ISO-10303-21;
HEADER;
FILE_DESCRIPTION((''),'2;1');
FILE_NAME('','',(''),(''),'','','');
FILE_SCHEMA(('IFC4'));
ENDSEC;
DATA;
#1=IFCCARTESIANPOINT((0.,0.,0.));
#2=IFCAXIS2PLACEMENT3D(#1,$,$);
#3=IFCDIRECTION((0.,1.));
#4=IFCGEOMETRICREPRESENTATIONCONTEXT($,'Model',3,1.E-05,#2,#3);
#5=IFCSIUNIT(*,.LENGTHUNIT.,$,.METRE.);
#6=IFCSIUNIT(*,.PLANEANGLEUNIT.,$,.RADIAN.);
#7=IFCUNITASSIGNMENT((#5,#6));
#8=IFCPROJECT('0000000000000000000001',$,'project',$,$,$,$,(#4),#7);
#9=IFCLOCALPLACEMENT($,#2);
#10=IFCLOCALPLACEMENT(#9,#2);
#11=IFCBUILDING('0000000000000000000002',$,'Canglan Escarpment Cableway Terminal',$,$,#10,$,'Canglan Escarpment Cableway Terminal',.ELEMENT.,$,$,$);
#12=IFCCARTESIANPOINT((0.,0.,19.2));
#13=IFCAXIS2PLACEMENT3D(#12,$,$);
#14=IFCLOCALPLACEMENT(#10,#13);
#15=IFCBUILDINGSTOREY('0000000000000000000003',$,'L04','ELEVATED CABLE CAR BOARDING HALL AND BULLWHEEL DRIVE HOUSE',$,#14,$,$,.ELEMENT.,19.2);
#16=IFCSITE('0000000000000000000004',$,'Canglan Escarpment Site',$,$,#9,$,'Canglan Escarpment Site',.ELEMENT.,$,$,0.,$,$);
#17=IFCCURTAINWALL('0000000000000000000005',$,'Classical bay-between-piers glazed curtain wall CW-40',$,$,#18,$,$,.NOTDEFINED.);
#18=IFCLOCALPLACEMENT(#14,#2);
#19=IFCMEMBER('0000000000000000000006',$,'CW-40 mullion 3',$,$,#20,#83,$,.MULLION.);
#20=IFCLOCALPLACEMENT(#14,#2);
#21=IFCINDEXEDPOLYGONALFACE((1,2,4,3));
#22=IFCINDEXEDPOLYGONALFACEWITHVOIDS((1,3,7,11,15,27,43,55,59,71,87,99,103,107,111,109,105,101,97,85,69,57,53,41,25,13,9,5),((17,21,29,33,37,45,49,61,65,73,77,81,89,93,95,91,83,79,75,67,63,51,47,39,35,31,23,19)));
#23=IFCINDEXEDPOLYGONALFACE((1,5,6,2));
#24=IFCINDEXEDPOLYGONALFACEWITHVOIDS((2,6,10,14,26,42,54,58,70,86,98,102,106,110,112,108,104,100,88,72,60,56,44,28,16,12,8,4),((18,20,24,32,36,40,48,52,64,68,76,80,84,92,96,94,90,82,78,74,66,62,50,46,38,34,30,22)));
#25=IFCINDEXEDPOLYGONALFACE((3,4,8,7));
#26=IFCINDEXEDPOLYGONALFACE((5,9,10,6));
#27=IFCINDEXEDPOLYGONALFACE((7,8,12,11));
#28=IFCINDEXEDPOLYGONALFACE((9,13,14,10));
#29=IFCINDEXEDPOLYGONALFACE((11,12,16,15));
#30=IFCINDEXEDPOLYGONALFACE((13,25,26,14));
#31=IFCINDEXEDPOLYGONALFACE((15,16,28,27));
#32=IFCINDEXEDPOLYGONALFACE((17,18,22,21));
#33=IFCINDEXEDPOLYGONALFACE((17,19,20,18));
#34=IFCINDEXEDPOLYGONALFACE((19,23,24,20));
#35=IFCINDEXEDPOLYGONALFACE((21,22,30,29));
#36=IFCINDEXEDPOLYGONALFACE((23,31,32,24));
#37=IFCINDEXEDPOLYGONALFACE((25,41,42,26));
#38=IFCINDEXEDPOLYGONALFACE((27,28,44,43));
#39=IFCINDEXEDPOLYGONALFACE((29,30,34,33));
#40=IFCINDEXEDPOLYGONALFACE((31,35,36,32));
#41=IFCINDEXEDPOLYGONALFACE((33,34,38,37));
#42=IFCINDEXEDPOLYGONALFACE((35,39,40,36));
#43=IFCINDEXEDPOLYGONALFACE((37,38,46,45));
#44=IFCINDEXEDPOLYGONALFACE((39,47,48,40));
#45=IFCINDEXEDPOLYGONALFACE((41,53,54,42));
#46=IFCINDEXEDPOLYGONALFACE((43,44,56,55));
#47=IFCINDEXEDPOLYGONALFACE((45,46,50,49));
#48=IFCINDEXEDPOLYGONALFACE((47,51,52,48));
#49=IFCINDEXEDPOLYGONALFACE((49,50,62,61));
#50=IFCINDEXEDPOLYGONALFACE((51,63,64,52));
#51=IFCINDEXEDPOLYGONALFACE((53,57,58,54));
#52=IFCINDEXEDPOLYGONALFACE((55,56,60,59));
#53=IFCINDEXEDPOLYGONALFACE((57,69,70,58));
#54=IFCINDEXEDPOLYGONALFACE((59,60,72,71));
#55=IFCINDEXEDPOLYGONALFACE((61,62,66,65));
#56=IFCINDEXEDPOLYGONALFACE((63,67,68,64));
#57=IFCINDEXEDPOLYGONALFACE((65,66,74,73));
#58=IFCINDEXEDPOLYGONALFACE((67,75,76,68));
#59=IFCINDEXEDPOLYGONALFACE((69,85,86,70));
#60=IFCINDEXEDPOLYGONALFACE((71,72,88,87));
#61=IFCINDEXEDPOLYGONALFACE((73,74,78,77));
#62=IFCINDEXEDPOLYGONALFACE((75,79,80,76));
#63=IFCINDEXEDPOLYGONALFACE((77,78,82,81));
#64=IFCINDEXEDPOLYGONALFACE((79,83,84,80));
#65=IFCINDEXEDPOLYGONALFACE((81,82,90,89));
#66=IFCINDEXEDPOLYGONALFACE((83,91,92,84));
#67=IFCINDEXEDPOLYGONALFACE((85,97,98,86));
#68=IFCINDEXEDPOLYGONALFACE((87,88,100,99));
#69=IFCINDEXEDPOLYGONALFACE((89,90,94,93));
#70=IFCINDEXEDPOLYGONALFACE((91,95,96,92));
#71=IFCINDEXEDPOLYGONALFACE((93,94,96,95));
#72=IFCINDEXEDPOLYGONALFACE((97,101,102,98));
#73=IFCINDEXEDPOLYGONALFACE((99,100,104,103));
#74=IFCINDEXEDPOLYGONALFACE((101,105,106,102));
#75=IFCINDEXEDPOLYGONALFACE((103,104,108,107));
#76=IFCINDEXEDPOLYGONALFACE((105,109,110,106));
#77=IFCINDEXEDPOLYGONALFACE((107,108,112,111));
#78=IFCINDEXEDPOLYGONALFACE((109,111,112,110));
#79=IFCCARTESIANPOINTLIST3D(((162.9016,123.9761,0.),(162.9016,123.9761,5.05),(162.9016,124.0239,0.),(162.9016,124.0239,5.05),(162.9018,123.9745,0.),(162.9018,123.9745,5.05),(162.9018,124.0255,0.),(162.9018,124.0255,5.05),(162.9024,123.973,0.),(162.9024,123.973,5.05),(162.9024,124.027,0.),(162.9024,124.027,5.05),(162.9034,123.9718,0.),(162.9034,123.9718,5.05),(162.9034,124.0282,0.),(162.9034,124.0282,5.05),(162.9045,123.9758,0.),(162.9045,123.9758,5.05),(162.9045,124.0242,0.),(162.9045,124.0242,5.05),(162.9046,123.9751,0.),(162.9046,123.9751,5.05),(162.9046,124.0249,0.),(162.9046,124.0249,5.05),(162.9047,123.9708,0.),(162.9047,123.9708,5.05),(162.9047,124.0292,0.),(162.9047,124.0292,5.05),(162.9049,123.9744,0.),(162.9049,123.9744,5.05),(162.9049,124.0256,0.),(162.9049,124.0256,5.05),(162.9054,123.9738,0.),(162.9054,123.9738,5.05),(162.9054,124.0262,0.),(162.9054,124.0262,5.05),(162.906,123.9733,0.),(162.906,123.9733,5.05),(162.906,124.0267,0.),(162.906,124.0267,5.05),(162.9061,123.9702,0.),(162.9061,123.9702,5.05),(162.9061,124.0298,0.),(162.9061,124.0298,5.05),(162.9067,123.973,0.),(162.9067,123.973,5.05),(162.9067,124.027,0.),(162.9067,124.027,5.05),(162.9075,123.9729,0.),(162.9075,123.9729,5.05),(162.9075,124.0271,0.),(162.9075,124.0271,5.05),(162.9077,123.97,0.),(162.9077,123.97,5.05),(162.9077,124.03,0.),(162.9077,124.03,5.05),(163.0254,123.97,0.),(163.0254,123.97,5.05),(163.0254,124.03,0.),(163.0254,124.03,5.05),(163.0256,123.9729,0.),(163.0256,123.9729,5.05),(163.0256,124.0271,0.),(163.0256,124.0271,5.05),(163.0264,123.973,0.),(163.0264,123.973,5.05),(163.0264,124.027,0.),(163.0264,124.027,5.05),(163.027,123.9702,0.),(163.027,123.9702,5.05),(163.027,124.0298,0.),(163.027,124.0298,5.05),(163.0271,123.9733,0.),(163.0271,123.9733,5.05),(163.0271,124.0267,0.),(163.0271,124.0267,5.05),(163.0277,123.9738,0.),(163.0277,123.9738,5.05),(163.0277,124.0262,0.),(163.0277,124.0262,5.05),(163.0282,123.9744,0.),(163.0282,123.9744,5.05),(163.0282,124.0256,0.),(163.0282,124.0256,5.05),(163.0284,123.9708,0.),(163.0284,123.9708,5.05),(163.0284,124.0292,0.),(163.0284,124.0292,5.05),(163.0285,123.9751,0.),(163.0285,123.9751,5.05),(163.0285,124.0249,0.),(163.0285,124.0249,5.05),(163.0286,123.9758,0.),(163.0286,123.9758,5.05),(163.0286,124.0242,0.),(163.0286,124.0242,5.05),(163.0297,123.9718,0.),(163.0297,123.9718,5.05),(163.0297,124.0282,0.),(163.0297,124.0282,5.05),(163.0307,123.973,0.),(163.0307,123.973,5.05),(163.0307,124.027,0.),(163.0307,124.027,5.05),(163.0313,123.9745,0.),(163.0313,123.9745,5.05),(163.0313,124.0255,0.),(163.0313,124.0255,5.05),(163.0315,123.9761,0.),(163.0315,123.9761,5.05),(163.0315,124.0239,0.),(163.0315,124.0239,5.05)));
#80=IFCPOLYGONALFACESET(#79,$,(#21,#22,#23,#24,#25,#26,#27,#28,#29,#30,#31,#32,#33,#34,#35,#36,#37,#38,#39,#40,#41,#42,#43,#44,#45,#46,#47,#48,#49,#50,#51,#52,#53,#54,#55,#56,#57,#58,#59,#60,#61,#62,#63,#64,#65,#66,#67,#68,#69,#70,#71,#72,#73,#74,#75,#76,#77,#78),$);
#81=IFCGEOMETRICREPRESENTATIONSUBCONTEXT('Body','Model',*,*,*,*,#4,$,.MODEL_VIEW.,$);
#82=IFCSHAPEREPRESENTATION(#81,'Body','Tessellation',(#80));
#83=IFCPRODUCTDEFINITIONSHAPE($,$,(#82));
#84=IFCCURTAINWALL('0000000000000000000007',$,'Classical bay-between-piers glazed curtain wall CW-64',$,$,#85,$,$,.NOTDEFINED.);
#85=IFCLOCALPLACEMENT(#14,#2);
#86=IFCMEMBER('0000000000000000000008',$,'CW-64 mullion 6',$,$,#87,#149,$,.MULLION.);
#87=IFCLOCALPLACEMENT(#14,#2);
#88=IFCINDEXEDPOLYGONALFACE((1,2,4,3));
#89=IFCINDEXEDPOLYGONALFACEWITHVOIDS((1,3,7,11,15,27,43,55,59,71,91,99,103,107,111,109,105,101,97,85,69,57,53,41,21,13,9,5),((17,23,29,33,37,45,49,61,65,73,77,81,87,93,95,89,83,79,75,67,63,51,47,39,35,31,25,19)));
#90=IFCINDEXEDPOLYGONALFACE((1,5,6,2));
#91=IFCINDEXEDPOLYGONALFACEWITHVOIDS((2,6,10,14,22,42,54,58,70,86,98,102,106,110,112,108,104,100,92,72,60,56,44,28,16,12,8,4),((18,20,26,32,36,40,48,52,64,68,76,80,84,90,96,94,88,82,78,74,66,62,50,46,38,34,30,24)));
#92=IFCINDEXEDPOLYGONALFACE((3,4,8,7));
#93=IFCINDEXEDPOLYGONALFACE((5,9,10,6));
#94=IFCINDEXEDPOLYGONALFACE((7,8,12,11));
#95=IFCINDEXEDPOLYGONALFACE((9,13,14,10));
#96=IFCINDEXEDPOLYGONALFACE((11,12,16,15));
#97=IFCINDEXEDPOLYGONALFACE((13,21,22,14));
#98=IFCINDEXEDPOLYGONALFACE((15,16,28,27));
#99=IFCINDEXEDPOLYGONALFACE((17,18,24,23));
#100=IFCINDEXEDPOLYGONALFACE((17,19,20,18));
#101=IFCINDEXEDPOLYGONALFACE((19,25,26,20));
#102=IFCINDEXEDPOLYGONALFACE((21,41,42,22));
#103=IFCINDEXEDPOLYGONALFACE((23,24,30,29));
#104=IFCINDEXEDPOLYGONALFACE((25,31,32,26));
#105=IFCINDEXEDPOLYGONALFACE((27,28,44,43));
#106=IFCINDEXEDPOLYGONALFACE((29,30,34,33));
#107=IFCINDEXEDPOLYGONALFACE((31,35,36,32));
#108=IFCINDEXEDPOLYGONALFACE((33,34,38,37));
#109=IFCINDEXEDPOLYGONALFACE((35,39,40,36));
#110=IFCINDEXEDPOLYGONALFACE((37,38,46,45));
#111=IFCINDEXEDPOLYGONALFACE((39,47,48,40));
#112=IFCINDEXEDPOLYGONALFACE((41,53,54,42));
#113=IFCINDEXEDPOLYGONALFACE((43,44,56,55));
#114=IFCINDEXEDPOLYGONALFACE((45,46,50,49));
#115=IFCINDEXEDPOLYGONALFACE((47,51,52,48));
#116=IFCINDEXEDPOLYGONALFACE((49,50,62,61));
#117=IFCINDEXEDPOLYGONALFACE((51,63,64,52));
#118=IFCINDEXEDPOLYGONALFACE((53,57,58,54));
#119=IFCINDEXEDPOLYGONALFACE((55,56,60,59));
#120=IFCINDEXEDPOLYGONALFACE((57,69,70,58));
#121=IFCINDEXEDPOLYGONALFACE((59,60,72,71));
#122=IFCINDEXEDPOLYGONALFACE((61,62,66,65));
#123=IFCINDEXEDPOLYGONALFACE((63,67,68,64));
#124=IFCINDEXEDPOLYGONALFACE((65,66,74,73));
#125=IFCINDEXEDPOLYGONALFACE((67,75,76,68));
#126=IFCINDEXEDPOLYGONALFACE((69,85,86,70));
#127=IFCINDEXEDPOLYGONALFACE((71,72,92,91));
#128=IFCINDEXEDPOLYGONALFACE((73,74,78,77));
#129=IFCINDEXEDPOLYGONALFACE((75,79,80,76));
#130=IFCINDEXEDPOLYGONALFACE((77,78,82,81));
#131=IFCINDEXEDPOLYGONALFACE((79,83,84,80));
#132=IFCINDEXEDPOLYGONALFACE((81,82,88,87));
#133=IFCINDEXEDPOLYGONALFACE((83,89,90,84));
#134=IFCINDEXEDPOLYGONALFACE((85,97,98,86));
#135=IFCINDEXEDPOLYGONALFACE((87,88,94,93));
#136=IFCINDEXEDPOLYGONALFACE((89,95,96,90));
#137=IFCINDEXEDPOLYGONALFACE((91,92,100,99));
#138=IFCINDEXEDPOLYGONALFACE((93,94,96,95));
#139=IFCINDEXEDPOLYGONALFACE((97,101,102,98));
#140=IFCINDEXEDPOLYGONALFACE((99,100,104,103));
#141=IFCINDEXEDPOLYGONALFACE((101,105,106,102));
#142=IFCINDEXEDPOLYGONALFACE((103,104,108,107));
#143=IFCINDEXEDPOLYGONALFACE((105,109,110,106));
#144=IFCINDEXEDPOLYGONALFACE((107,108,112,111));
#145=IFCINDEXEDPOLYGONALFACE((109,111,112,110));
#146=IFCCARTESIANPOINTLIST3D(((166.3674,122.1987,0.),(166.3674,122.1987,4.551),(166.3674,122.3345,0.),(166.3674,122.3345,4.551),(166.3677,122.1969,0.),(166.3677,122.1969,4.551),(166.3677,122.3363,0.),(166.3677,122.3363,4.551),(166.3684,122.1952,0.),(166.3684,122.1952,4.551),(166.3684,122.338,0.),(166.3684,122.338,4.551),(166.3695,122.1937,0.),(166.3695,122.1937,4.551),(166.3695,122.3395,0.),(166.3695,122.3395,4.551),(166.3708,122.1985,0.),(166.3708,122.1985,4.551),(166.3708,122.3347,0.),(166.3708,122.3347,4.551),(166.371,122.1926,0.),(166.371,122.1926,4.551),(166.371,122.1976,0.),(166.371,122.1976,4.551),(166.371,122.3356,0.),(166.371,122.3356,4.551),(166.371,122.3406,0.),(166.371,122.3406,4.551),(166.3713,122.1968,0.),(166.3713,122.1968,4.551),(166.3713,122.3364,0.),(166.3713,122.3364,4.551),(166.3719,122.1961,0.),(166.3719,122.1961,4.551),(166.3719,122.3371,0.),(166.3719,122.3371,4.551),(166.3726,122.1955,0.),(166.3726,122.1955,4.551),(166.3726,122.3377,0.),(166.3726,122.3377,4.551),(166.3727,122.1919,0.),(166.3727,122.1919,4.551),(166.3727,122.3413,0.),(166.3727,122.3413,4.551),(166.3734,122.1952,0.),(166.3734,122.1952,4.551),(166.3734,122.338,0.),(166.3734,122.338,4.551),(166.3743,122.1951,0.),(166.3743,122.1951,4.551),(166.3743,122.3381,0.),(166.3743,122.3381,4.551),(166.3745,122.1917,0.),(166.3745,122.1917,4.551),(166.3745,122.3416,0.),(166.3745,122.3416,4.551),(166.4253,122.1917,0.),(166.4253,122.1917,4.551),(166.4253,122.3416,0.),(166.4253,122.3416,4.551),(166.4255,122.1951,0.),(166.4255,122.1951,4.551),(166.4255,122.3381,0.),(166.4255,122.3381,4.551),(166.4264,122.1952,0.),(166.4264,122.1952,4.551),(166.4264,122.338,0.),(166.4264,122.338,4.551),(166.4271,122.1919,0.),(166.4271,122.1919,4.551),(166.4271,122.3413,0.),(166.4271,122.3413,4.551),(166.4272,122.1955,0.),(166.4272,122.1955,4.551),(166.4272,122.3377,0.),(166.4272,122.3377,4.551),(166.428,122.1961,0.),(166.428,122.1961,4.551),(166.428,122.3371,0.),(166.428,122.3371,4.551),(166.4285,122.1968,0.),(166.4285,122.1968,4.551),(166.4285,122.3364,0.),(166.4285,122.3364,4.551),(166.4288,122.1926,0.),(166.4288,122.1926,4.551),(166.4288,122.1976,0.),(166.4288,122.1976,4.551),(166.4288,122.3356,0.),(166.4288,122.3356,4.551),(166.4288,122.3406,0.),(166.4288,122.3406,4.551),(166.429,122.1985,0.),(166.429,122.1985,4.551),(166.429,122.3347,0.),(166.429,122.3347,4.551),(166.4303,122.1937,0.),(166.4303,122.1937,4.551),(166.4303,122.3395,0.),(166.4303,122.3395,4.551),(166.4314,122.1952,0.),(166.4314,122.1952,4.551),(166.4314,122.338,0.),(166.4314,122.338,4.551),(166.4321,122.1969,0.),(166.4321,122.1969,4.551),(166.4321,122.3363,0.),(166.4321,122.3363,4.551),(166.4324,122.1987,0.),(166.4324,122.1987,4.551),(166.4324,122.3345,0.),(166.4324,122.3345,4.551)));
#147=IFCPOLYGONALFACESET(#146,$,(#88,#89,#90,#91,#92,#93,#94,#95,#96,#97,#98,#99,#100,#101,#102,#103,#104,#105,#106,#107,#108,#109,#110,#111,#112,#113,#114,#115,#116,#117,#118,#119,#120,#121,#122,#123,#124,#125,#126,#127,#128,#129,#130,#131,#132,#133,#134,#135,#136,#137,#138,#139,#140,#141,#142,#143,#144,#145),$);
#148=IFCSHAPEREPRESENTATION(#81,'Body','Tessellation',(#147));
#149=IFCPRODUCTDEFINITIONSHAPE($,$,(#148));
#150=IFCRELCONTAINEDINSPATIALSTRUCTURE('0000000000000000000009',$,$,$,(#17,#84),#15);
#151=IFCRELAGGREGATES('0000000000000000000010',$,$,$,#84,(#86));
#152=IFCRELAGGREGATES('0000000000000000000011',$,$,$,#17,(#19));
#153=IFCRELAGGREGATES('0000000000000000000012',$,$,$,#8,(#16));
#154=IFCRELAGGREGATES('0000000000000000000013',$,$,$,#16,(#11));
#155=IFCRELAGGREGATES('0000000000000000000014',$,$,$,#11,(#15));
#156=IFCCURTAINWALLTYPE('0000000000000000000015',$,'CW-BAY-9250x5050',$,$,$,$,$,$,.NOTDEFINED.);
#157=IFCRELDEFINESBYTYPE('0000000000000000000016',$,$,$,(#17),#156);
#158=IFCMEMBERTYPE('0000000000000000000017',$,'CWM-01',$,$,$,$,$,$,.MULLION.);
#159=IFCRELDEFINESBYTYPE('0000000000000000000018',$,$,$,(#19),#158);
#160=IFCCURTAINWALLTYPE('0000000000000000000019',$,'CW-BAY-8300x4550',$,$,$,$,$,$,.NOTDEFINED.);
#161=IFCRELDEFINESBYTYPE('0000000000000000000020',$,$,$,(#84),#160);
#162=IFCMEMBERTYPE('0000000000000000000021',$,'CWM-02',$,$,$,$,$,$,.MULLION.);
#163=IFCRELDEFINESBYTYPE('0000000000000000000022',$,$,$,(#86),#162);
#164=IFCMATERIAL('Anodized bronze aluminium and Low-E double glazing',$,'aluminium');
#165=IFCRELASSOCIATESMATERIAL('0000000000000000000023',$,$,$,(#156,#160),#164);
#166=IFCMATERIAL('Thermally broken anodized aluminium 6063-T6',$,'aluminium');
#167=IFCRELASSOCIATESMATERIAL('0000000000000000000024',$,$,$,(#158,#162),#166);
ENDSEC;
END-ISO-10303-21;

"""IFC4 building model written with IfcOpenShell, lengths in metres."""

from ifc_helpers import new_model, si_unit, direction, frame, origin, origin_2d, place, context, subcontext, project, spatial, hollow_rectangle, extrude, material, material_profile, profile_set, type_object, element, aggregate, save


model = new_model("IFC4")

# Units and contexts
model_context = context("Model", 3, precision=1e-05, world=origin(), true_north=direction((0.0, 1.0)))
body_context = subcontext(model_context, "Body", "Model", "MODEL_VIEW")
ifc_project = project(units=[si_unit("LENGTHUNIT", "METRE"), si_unit("PLANEANGLEUNIT", "RADIAN")], contexts=[model_context])

# Site, building, storey
site_placement = place(None, origin())
site = spatial("IfcSite", under=ifc_project, at=site_placement, Name="Canglan Escarpment Site", LongName="Canglan Escarpment Site", CompositionType="ELEMENT", RefElevation=0.0)
building_placement = place(site_placement, origin())
building = spatial("IfcBuilding", under=site, at=building_placement, Name="Canglan Escarpment Cableway Terminal", LongName="Canglan Escarpment Cableway Terminal", CompositionType="ELEMENT")
storey_placement = place(building_placement, frame((0.0, 0.0, 19.2)))
storey = spatial("IfcBuildingStorey", under=building, at=storey_placement, Name="L04", Description="ELEVATED CABLE CAR BOARDING HALL AND BULLWHEEL DRIVE HOUSE", CompositionType="ELEMENT", Elevation=19.2)

# Curtain walls, members
ifc_material_1 = material(Name="Anodized bronze aluminium and Low-E double glazing", Category="aluminium")
curtain_wall_type_1 = type_object("IfcCurtainWallType", Name="CW-BAY-9250x5050", PredefinedType="NOTDEFINED", material=ifc_material_1)
curtain_wall_1_placement = place(storey_placement, origin())
curtain_wall_1 = element("IfcCurtainWall", 1, at=curtain_wall_1_placement, inside=storey, type_object=curtain_wall_type_1, Name="Classical bay-between-piers glazed curtain wall CW-40", PredefinedType="NOTDEFINED")
ifc_material_2 = material(Name="Thermally broken anodized aluminium 6063-T6", Category="aluminium")
ifc_material_profile_1 = material_profile(ifc_material_2, hollow_rectangle(XDim=0.0601, YDim=0.1299, WallThickness=0.0029, InnerFilletRadius=0.0029, OuterFilletRadius=0.0061, at=origin_2d()), Name="ALU-MULL 60x130x3")
ifc_profile_set_1 = profile_set([ifc_material_profile_1], Name="Thermally broken anodized aluminium 6063-T6")
member_type_1 = type_object("IfcMemberType", Name="CWM-01", PredefinedType="MULLION", material=ifc_profile_set_1)
member_1_placement = place(storey_placement, frame((162.9666, 124.0, 0.0), z_axis=(0.0, 0.0, 1.0), x_axis=(0.0, -1.0, 0.0)))
member_1 = element("IfcMember", 2, at=member_1_placement, type_object=member_type_1, Name="CW-40 mullion 3", PredefinedType="MULLION", context=body_context, shape_type="SweptSolid", body=[
    extrude(hollow_rectangle(XDim=0.0601, YDim=0.1299, WallThickness=0.0029, InnerFilletRadius=0.0029, OuterFilletRadius=0.0061, at=origin_2d()), origin(), (0.0, 0.0, 1.0), 5.05),
])
curtain_wall_type_2 = type_object("IfcCurtainWallType", Name="CW-BAY-8300x4550", PredefinedType="NOTDEFINED", material=ifc_material_1)
curtain_wall_2_placement = place(storey_placement, origin())
curtain_wall_2 = element("IfcCurtainWall", 3, at=curtain_wall_2_placement, inside=storey, type_object=curtain_wall_type_2, Name="Classical bay-between-piers glazed curtain wall CW-64", PredefinedType="NOTDEFINED")
ifc_material_profile_2 = material_profile(ifc_material_2, hollow_rectangle(XDim=0.0649, YDim=0.1499, WallThickness=0.0034, InnerFilletRadius=0.0034, OuterFilletRadius=0.0071, at=origin_2d()), Name="ALU-MULL 65x150x3.5")
ifc_profile_set_2 = profile_set([ifc_material_profile_2], Name="Thermally broken anodized aluminium 6063-T6")
member_type_2 = type_object("IfcMemberType", Name="CWM-02", PredefinedType="MULLION", material=ifc_profile_set_2)
member_2_placement = place(storey_placement, frame((166.3999, 122.2666, 0.0), z_axis=(0.0, 0.0, 1.0), x_axis=(-1.0, 0.0, 0.0)))
member_2 = element("IfcMember", 4, at=member_2_placement, type_object=member_type_2, Name="CW-64 mullion 6", PredefinedType="MULLION", context=body_context, shape_type="SweptSolid", body=[
    extrude(hollow_rectangle(XDim=0.0649, YDim=0.1499, WallThickness=0.0034, InnerFilletRadius=0.0034, OuterFilletRadius=0.0071, at=origin_2d()), origin(), (0.0, 0.0, 1.0), 4.551),
])

aggregate(curtain_wall_2, [member_2])
aggregate(curtain_wall_1, [member_1])

save(model, "model.ifc")
